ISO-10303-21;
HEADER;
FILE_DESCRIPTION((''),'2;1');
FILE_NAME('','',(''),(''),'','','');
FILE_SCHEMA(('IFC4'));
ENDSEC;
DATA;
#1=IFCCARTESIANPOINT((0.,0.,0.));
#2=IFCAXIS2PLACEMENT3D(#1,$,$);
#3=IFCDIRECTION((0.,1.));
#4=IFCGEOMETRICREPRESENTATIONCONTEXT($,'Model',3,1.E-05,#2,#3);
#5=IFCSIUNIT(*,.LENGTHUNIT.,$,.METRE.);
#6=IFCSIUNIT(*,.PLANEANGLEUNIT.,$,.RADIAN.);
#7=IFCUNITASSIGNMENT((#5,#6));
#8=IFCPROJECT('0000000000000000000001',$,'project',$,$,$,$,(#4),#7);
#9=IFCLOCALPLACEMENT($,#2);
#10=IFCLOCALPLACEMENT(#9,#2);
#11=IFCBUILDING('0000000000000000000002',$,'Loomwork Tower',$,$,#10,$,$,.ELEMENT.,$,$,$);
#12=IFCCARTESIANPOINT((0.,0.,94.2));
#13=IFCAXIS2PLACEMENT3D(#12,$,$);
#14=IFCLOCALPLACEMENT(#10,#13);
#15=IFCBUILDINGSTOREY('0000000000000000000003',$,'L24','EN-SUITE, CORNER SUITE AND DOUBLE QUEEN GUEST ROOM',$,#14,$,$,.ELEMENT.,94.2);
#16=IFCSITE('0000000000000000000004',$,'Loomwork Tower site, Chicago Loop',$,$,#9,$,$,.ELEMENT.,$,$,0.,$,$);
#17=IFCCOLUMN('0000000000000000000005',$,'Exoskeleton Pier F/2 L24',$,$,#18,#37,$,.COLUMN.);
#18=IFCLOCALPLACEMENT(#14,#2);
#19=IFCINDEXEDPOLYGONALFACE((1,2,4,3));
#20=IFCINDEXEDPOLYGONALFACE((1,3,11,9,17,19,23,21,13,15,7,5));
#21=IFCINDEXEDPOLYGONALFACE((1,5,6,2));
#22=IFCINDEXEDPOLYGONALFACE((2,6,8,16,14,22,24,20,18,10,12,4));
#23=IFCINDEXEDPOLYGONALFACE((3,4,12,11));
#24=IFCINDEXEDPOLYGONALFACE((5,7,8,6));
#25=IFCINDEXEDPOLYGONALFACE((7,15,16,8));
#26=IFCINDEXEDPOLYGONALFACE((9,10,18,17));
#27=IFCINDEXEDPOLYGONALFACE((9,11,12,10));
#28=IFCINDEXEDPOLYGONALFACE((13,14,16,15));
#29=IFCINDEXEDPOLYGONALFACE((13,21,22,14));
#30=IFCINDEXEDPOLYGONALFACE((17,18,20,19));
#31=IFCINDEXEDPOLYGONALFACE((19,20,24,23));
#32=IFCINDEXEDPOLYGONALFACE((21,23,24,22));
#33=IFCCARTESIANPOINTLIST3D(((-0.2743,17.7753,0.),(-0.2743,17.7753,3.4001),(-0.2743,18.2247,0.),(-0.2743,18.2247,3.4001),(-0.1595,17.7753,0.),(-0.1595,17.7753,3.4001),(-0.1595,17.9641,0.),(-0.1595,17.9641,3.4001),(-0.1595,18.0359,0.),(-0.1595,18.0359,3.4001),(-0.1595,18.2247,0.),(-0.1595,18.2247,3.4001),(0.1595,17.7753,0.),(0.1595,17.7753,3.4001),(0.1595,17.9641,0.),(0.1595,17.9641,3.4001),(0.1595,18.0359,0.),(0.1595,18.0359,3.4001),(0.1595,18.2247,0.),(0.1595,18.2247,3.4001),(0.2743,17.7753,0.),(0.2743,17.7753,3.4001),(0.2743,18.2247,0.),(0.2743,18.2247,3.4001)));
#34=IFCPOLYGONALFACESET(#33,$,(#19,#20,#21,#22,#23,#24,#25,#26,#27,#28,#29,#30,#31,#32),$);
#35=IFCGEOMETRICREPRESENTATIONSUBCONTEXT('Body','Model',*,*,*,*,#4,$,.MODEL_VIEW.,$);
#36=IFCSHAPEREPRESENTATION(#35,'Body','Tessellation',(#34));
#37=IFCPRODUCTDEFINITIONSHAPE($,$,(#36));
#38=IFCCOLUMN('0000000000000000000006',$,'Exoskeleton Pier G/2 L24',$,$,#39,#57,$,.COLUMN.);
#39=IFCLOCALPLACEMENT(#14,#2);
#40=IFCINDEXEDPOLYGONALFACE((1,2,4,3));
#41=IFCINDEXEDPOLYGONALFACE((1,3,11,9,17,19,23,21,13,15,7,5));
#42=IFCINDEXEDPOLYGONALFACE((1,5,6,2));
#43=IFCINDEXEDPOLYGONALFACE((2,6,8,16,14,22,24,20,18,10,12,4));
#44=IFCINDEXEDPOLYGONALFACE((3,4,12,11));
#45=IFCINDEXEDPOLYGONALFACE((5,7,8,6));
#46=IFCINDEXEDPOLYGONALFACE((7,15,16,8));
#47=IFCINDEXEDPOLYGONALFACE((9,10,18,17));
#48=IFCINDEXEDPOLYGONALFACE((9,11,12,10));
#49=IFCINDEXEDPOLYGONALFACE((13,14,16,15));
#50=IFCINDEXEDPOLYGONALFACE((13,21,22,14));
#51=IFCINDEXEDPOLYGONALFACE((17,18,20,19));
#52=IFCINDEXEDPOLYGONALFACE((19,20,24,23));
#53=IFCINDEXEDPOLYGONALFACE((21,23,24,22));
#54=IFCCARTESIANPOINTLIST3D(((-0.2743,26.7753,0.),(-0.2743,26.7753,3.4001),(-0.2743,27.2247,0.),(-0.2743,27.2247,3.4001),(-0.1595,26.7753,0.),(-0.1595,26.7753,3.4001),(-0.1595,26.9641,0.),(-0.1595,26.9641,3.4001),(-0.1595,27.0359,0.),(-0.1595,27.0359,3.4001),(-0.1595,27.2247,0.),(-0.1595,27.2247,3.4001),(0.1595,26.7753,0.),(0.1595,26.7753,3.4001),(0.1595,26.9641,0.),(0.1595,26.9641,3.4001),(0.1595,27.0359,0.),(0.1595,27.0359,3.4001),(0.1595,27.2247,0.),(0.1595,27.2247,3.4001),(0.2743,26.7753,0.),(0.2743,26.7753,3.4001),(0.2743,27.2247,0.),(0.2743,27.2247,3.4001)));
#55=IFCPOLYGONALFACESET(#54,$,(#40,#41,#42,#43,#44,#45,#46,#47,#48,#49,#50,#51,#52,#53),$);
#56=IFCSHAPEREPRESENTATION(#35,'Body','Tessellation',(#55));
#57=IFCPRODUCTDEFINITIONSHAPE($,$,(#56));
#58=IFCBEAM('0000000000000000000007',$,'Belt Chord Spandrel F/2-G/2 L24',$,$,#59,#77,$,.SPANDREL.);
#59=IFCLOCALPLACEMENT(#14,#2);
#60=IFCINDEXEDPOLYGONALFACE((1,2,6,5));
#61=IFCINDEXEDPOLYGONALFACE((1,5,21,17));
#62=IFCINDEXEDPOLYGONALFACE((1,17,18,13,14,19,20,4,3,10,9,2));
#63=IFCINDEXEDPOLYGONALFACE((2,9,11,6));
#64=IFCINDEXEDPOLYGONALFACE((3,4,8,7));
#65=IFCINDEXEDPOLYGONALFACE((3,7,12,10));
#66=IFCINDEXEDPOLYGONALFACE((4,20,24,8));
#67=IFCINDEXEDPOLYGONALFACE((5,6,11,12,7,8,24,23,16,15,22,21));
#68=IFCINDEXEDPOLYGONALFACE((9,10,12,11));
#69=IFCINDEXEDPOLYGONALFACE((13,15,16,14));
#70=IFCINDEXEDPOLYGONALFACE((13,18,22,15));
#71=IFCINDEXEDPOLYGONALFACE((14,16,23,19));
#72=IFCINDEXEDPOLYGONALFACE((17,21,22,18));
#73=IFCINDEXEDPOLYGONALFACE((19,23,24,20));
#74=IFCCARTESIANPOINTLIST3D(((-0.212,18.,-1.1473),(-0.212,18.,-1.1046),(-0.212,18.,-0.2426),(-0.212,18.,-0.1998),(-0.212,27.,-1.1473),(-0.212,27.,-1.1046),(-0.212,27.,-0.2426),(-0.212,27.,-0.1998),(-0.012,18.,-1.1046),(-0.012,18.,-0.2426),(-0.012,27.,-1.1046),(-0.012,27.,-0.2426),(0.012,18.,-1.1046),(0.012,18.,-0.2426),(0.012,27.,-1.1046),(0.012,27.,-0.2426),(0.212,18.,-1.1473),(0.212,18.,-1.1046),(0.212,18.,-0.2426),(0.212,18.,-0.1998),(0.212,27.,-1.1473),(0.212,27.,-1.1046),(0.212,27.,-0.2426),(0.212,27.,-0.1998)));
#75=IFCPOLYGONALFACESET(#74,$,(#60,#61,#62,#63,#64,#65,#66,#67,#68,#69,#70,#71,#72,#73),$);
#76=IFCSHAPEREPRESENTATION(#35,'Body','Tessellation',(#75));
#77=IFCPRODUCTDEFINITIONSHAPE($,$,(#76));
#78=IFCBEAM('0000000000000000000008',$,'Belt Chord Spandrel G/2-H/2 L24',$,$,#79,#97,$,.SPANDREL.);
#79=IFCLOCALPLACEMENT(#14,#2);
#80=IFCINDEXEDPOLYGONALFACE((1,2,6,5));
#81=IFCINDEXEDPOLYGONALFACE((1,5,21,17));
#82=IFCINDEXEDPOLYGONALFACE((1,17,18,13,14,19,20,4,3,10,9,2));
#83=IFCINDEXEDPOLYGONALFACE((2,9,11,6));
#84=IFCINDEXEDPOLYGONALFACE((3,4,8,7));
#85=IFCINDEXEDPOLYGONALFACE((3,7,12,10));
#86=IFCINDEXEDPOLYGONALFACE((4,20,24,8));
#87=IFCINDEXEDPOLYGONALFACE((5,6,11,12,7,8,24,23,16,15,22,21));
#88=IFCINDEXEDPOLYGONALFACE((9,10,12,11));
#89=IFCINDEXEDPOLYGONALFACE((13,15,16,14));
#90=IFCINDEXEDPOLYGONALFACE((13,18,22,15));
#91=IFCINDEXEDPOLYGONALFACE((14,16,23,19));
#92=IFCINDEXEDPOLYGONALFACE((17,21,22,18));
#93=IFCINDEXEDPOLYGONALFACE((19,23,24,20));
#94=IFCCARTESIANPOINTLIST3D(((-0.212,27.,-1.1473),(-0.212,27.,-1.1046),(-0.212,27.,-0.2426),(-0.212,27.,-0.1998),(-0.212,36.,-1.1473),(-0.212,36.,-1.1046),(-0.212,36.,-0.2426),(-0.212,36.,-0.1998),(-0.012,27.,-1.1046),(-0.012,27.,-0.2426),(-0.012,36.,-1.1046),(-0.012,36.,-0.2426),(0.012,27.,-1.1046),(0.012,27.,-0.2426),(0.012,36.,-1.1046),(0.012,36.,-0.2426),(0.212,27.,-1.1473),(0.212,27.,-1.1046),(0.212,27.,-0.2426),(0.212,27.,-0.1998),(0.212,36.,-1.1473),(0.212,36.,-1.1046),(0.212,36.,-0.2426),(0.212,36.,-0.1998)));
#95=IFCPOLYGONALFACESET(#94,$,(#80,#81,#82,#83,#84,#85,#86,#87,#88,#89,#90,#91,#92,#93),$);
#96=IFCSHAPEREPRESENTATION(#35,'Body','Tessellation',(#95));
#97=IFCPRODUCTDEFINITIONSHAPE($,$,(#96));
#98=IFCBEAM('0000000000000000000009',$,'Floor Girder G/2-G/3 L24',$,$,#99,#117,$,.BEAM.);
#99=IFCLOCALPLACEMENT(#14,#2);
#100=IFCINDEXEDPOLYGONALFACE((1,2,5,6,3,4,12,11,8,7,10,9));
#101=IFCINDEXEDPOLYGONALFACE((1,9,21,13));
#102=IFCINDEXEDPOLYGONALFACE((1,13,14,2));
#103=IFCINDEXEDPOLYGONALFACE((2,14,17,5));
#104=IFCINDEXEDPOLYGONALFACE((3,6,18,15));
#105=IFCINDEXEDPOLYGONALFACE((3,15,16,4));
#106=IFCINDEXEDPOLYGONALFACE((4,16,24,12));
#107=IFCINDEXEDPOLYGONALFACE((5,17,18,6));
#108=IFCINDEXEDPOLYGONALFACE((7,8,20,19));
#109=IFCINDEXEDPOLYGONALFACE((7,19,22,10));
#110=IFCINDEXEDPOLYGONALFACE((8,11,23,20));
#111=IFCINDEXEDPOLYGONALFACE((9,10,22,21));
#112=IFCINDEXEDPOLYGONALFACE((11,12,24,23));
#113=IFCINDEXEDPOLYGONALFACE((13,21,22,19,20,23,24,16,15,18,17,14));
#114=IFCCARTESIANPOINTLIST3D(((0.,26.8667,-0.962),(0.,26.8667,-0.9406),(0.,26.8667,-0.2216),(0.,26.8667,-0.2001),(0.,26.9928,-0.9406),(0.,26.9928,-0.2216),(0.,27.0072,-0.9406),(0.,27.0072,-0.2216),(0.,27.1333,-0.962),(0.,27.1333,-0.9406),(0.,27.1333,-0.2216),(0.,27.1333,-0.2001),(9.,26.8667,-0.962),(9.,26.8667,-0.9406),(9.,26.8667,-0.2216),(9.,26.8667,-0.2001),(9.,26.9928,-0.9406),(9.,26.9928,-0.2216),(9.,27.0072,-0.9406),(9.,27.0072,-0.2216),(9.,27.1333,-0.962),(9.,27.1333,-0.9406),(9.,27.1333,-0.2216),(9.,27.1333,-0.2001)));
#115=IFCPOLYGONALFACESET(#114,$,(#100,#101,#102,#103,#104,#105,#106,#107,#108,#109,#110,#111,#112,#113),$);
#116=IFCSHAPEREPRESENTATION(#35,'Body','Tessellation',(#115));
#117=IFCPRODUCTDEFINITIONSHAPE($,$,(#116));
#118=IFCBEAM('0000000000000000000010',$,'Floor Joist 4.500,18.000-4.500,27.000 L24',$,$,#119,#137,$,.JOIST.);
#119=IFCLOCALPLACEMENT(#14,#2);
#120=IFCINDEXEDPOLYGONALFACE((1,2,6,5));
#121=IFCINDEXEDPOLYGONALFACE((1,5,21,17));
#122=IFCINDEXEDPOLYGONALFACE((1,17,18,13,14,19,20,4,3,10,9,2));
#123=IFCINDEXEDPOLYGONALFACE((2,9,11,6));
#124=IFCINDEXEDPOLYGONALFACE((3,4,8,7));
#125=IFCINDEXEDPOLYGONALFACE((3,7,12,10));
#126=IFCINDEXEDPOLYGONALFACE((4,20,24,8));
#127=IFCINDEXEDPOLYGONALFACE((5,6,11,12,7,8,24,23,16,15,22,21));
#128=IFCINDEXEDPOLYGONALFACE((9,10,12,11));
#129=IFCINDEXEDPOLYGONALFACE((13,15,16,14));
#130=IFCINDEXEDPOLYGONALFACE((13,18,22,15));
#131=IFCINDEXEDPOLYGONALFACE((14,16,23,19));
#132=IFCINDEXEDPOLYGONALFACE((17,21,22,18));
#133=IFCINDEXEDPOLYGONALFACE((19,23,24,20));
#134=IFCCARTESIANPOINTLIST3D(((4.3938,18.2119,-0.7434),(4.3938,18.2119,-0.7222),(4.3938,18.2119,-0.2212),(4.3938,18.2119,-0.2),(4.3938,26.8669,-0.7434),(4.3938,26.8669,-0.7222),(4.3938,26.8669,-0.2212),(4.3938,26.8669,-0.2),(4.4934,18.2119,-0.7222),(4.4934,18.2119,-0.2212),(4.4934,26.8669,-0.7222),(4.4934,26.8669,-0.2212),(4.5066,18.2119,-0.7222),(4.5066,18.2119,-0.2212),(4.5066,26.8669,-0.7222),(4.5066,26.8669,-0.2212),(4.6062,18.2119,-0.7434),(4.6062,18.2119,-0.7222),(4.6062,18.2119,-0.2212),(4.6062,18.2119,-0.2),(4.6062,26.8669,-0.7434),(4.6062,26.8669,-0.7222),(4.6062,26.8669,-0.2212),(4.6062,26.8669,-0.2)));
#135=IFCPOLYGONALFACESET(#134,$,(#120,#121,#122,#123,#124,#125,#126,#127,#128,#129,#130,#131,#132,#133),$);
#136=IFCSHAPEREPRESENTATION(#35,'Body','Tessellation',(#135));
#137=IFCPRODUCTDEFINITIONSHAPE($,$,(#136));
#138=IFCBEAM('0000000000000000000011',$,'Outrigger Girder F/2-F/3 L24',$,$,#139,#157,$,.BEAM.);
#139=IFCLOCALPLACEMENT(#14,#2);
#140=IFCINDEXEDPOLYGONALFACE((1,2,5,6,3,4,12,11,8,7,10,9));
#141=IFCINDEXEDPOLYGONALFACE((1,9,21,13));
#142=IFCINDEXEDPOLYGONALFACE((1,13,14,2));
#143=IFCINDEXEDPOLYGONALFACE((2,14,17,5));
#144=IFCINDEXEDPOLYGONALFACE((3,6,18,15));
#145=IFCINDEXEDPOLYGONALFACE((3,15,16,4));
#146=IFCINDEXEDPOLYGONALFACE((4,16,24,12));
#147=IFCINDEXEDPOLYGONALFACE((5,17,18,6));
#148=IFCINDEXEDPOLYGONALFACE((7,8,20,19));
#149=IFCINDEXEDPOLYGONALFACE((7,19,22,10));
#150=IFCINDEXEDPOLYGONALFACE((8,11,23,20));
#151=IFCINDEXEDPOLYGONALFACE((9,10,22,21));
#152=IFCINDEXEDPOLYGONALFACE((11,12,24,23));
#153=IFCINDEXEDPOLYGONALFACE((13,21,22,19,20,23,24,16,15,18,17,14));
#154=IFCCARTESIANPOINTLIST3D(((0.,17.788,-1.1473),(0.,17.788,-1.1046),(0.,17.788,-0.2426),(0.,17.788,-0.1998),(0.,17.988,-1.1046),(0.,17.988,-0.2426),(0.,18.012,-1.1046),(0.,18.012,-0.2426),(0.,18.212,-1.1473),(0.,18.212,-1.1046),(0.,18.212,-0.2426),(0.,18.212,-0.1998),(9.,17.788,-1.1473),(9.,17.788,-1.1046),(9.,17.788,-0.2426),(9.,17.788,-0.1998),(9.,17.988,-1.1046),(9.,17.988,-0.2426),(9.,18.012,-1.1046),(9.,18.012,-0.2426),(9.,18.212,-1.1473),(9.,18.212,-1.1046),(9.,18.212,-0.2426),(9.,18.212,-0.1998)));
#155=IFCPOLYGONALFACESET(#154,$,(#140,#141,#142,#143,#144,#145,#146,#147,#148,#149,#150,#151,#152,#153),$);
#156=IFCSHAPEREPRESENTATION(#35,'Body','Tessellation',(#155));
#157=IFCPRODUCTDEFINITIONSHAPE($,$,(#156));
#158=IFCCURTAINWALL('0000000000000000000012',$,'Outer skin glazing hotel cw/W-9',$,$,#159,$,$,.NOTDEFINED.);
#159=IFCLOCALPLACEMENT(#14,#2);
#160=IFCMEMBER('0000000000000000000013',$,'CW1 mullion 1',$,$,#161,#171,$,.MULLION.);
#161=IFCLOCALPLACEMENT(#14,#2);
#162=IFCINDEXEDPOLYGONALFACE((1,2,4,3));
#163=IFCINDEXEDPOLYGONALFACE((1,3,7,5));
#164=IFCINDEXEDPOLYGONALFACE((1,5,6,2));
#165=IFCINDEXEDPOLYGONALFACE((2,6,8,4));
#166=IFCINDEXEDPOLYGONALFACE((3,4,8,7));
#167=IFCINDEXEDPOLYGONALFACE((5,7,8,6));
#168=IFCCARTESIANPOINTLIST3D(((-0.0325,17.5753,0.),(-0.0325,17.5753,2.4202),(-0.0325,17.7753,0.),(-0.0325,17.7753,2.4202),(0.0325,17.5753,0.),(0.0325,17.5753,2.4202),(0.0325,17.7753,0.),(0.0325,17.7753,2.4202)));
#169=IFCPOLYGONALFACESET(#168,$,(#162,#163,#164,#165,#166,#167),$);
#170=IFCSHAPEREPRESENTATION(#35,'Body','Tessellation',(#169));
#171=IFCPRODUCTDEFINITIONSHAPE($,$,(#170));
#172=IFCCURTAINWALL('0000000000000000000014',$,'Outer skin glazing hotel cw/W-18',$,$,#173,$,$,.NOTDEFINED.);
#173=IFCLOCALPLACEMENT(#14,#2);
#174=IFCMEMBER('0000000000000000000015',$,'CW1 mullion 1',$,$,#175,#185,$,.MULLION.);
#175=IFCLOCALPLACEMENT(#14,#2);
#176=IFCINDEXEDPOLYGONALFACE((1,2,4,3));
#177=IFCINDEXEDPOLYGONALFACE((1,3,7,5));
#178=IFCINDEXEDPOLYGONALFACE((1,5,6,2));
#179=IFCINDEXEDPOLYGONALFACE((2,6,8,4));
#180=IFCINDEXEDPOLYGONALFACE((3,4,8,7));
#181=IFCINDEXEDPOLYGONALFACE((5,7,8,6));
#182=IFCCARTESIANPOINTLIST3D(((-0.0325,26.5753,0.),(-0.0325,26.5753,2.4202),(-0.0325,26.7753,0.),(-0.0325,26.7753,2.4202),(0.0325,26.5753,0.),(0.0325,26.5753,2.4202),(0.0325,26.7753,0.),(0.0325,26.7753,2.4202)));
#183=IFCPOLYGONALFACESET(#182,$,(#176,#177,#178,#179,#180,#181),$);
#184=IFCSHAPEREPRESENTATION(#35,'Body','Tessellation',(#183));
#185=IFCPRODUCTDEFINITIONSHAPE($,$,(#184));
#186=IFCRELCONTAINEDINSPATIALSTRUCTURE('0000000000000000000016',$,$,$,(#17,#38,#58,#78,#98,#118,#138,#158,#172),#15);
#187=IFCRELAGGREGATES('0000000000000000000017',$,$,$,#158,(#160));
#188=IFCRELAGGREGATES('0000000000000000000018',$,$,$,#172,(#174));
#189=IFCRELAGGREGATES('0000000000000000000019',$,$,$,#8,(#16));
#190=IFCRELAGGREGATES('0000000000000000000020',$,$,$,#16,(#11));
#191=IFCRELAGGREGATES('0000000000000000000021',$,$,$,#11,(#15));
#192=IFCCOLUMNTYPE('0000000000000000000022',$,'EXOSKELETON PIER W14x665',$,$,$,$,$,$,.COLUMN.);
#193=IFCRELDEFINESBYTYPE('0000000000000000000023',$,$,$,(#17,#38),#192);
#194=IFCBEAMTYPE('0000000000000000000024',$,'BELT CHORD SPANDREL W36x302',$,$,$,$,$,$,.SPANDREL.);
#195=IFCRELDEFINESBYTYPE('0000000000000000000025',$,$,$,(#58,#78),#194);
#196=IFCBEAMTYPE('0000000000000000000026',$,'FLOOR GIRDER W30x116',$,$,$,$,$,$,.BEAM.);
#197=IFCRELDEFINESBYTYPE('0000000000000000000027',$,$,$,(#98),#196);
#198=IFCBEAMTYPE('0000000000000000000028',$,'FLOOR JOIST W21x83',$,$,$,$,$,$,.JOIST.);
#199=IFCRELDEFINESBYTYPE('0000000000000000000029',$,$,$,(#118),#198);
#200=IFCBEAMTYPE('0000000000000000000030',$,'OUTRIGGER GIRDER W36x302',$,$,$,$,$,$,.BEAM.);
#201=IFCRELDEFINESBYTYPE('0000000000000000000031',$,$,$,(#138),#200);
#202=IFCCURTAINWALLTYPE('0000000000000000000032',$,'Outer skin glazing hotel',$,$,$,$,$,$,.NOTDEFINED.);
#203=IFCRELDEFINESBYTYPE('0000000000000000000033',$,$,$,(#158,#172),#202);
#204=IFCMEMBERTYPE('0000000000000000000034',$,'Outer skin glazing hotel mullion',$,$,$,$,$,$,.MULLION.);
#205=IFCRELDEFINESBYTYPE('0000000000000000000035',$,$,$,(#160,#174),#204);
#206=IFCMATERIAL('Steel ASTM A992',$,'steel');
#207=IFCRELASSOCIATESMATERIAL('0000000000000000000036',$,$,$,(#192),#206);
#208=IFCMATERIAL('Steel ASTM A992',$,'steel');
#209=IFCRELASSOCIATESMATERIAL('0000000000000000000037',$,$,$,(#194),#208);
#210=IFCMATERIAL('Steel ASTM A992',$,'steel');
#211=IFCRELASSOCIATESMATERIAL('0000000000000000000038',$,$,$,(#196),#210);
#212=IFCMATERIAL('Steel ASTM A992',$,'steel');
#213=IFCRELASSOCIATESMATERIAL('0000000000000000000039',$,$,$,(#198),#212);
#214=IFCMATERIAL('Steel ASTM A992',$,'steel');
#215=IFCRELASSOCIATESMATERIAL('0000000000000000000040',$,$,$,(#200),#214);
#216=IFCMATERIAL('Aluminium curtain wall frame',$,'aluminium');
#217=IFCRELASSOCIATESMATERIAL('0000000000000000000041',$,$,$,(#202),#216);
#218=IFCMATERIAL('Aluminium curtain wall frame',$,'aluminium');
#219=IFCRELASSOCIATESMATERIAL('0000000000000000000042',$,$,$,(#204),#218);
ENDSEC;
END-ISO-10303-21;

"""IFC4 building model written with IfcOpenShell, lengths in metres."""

from ifc_helpers import new_model, si_unit, direction, frame, origin, origin_2d, place, context, subcontext, project, spatial, rectangle, i_section, extrude, material, material_profile, profile_set, type_object, element, aggregate, save


model = new_model("IFC4")

# Units and contexts
model_context = context("Model", 3, precision=1e-05, world=origin(), true_north=direction((0.0, 1.0)))
body_context = subcontext(model_context, "Body", "Model", "MODEL_VIEW")
ifc_project = project(units=[si_unit("LENGTHUNIT", "METRE"), si_unit("PLANEANGLEUNIT", "RADIAN")], contexts=[model_context])

# Site, building, storey
site_placement = place(None, origin())
site = spatial("IfcSite", under=ifc_project, at=site_placement, Name="Loomwork Tower site, Chicago Loop", CompositionType="ELEMENT", RefElevation=0.0)
building_placement = place(site_placement, origin())
building = spatial("IfcBuilding", under=site, at=building_placement, Name="Loomwork Tower", CompositionType="ELEMENT")
storey_placement = place(building_placement, frame((0.0, 0.0, 94.2)))
storey = spatial("IfcBuildingStorey", under=building, at=storey_placement, Name="L24", Description="EN-SUITE, CORNER SUITE AND DOUBLE QUEEN GUEST ROOM", CompositionType="ELEMENT", Elevation=94.2)

# Columns
ifc_material_1 = material(Name="Steel ASTM A992", Category="steel")
ifc_material_profile_1 = material_profile(ifc_material_1, i_section(OverallWidth=0.4495, OverallDepth=0.5486, WebThickness=0.0718, FlangeThickness=0.1147, at=origin_2d()), Name="W14x665")
ifc_profile_set_1 = profile_set([ifc_material_profile_1], Name="Steel ASTM A992")
column_type = type_object("IfcColumnType", Name="EXOSKELETON PIER W14x665", PredefinedType="COLUMN", material=ifc_profile_set_1)
for number, where, z_axis, x_axis, name in (
    (1, (0.0, 18.0, 0.0), (0.0, 0.0, 1.0), (0.0, 1.0, 0.0), "Exoskeleton Pier F/2 L24"),
    (2, (0.0, 27.0, 0.0), (0.0, 0.0, 1.0), (0.0, 1.0, 0.0), "Exoskeleton Pier G/2 L24"),
):
    element("IfcColumn", number, at=place(storey_placement, frame(where, z_axis=z_axis, x_axis=x_axis)), inside=storey, type_object=column_type, Name=name, PredefinedType="COLUMN", context=body_context, shape_type="SweptSolid", body=[
        extrude(i_section(OverallWidth=0.4495, OverallDepth=0.5486, WebThickness=0.0718, FlangeThickness=0.1147, at=origin_2d()), origin(), (0.0, 0.0, 1.0), 3.4001),
    ])

# Beams
ifc_material_2 = material(Name="Steel ASTM A992", Category="steel")
ifc_material_profile_2 = material_profile(ifc_material_2, i_section(OverallWidth=0.4241, OverallDepth=0.9475, WebThickness=0.0239, FlangeThickness=0.0427, at=origin_2d()), Name="W36x302")
ifc_profile_set_2 = profile_set([ifc_material_profile_2], Name="Steel ASTM A992")
beam_type_1 = type_object("IfcBeamType", Name="BELT CHORD SPANDREL W36x302", PredefinedType="SPANDREL", material=ifc_profile_set_2)
for number, where, z_axis, x_axis, name in (
    (3, (0.0, 18.0, -0.6736), (0.0, 1.0, 0.0), (-1.0, 0.0, 0.0), "Belt Chord Spandrel F/2-G/2 L24"),
    (4, (0.0, 27.0, -0.6736), (0.0, 1.0, 0.0), (-1.0, 0.0, 0.0), "Belt Chord Spandrel G/2-H/2 L24"),
):
    element("IfcBeam", number, at=place(storey_placement, frame(where, z_axis=z_axis, x_axis=x_axis)), inside=storey, type_object=beam_type_1, Name=name, PredefinedType="SPANDREL", context=body_context, shape_type="SweptSolid", body=[
        extrude(i_section(OverallWidth=0.4241, OverallDepth=0.9475, WebThickness=0.0239, FlangeThickness=0.0427, at=origin_2d()), origin(), (0.0, 0.0, 1.0), 9.0),
    ])
ifc_material_3 = material(Name="Steel ASTM A992", Category="steel")
ifc_material_profile_3 = material_profile(ifc_material_3, i_section(OverallWidth=0.2666, OverallDepth=0.762, WebThickness=0.0144, FlangeThickness=0.0215, at=origin_2d()), Name="W30x116")
ifc_profile_set_3 = profile_set([ifc_material_profile_3], Name="Steel ASTM A992")
beam_type_2 = type_object("IfcBeamType", Name="FLOOR GIRDER W30x116", PredefinedType="BEAM", material=ifc_profile_set_3)
beam_1_placement = place(storey_placement, frame((0.0, 27.0, -0.5811), z_axis=(1.0, 0.0, 0.0), x_axis=(0.0, 1.0, 0.0)))
element("IfcBeam", 5, at=beam_1_placement, inside=storey, type_object=beam_type_2, Name="Floor Girder G/2-G/3 L24", PredefinedType="BEAM", context=body_context, shape_type="SweptSolid", body=[
    extrude(i_section(OverallWidth=0.2666, OverallDepth=0.762, WebThickness=0.0144, FlangeThickness=0.0215, at=origin_2d()), origin(), (0.0, 0.0, 1.0), 9.0),
])
ifc_material_4 = material(Name="Steel ASTM A992", Category="steel")
ifc_material_profile_4 = material_profile(ifc_material_4, i_section(OverallWidth=0.2124, OverallDepth=0.5435, WebThickness=0.0132, FlangeThickness=0.0212, at=origin_2d()), Name="W21x83")
ifc_profile_set_4 = profile_set([ifc_material_profile_4], Name="Steel ASTM A992")
beam_type_3 = type_object("IfcBeamType", Name="FLOOR JOIST W21x83", PredefinedType="JOIST", material=ifc_profile_set_4)
beam_2_placement = place(storey_placement, frame((4.5, 18.2119, -0.4717), z_axis=(0.0, 1.0, 0.0), x_axis=(-1.0, 0.0, 0.0)))
element("IfcBeam", 6, at=beam_2_placement, inside=storey, type_object=beam_type_3, Name="Floor Joist 4.500,18.000-4.500,27.000 L24", PredefinedType="JOIST", context=body_context, shape_type="SweptSolid", body=[
    extrude(i_section(OverallWidth=0.2124, OverallDepth=0.5435, WebThickness=0.0132, FlangeThickness=0.0212, at=origin_2d()), origin(), (0.0, 0.0, 1.0), 8.655),
])
ifc_material_5 = material(Name="Steel ASTM A992", Category="steel")
ifc_material_profile_5 = material_profile(ifc_material_5, i_section(OverallWidth=0.4241, OverallDepth=0.9475, WebThickness=0.0239, FlangeThickness=0.0427, at=origin_2d()), Name="W36x302")
ifc_profile_set_5 = profile_set([ifc_material_profile_5], Name="Steel ASTM A992")
beam_type_4 = type_object("IfcBeamType", Name="OUTRIGGER GIRDER W36x302", PredefinedType="BEAM", material=ifc_profile_set_5)
beam_3_placement = place(storey_placement, frame((0.0, 18.0, -0.6736), z_axis=(1.0, 0.0, 0.0), x_axis=(0.0, 1.0, 0.0)))
element("IfcBeam", 7, at=beam_3_placement, inside=storey, type_object=beam_type_4, Name="Outrigger Girder F/2-F/3 L24", PredefinedType="BEAM", context=body_context, shape_type="SweptSolid", body=[
    extrude(i_section(OverallWidth=0.4241, OverallDepth=0.9475, WebThickness=0.0239, FlangeThickness=0.0427, at=origin_2d()), origin(), (0.0, 0.0, 1.0), 9.0),
])

# Curtain wall, member
ifc_material_6 = material(Name="Aluminium curtain wall frame", Category="aluminium")
curtain_wall_type = type_object("IfcCurtainWallType", Name="Outer skin glazing hotel", PredefinedType="NOTDEFINED", material=ifc_material_6)
curtain_wall_1_placement = place(storey_placement, origin())
curtain_wall_1 = element("IfcCurtainWall", 8, at=curtain_wall_1_placement, inside=storey, type_object=curtain_wall_type, Name="Outer skin glazing hotel cw/W-9", PredefinedType="NOTDEFINED")
ifc_material_7 = material(Name="Aluminium curtain wall frame", Category="aluminium")
ifc_material_profile_6 = material_profile(ifc_material_7, rectangle(XDim=0.0649, YDim=0.2, at=origin_2d()), Name="AL 65x200")
ifc_profile_set_6 = profile_set([ifc_material_profile_6], Name="Aluminium curtain wall frame")
member_type_1 = type_object("IfcMemberType", Name="Outer skin glazing hotel mullion", PredefinedType="MULLION", material=ifc_profile_set_6)
member_1_placement = place(storey_placement, frame((0.0, 17.6753, 0.0), z_axis=(0.0, 0.0, 1.0), x_axis=(1.0, 0.0, 0.0)))
member_1 = element("IfcMember", 9, at=member_1_placement, type_object=member_type_1, Name="CW1 mullion 1", PredefinedType="MULLION", context=body_context, shape_type="SweptSolid", body=[
    extrude(rectangle(XDim=0.0649, YDim=0.2, at=origin_2d()), origin(), (0.0, 0.0, 1.0), 2.4202),
])

# Curtain wall, member
curtain_wall_2_placement = place(storey_placement, origin())
curtain_wall_2 = element("IfcCurtainWall", 10, at=curtain_wall_2_placement, inside=storey, type_object=curtain_wall_type, Name="Outer skin glazing hotel cw/W-18", PredefinedType="NOTDEFINED")
member_2_placement = place(storey_placement, frame((0.0, 26.6753, 0.0), z_axis=(0.0, 0.0, 1.0), x_axis=(1.0, 0.0, 0.0)))
member_2 = element("IfcMember", 11, at=member_2_placement, type_object=member_type_1, Name="CW1 mullion 1", PredefinedType="MULLION", context=body_context, shape_type="SweptSolid", body=[
    extrude(rectangle(XDim=0.0649, YDim=0.2, at=origin_2d()), origin(), (0.0, 0.0, 1.0), 2.4202),
])

aggregate(curtain_wall_1, [member_1])

aggregate(curtain_wall_2, [member_2])

save(model, "model.ifc")
